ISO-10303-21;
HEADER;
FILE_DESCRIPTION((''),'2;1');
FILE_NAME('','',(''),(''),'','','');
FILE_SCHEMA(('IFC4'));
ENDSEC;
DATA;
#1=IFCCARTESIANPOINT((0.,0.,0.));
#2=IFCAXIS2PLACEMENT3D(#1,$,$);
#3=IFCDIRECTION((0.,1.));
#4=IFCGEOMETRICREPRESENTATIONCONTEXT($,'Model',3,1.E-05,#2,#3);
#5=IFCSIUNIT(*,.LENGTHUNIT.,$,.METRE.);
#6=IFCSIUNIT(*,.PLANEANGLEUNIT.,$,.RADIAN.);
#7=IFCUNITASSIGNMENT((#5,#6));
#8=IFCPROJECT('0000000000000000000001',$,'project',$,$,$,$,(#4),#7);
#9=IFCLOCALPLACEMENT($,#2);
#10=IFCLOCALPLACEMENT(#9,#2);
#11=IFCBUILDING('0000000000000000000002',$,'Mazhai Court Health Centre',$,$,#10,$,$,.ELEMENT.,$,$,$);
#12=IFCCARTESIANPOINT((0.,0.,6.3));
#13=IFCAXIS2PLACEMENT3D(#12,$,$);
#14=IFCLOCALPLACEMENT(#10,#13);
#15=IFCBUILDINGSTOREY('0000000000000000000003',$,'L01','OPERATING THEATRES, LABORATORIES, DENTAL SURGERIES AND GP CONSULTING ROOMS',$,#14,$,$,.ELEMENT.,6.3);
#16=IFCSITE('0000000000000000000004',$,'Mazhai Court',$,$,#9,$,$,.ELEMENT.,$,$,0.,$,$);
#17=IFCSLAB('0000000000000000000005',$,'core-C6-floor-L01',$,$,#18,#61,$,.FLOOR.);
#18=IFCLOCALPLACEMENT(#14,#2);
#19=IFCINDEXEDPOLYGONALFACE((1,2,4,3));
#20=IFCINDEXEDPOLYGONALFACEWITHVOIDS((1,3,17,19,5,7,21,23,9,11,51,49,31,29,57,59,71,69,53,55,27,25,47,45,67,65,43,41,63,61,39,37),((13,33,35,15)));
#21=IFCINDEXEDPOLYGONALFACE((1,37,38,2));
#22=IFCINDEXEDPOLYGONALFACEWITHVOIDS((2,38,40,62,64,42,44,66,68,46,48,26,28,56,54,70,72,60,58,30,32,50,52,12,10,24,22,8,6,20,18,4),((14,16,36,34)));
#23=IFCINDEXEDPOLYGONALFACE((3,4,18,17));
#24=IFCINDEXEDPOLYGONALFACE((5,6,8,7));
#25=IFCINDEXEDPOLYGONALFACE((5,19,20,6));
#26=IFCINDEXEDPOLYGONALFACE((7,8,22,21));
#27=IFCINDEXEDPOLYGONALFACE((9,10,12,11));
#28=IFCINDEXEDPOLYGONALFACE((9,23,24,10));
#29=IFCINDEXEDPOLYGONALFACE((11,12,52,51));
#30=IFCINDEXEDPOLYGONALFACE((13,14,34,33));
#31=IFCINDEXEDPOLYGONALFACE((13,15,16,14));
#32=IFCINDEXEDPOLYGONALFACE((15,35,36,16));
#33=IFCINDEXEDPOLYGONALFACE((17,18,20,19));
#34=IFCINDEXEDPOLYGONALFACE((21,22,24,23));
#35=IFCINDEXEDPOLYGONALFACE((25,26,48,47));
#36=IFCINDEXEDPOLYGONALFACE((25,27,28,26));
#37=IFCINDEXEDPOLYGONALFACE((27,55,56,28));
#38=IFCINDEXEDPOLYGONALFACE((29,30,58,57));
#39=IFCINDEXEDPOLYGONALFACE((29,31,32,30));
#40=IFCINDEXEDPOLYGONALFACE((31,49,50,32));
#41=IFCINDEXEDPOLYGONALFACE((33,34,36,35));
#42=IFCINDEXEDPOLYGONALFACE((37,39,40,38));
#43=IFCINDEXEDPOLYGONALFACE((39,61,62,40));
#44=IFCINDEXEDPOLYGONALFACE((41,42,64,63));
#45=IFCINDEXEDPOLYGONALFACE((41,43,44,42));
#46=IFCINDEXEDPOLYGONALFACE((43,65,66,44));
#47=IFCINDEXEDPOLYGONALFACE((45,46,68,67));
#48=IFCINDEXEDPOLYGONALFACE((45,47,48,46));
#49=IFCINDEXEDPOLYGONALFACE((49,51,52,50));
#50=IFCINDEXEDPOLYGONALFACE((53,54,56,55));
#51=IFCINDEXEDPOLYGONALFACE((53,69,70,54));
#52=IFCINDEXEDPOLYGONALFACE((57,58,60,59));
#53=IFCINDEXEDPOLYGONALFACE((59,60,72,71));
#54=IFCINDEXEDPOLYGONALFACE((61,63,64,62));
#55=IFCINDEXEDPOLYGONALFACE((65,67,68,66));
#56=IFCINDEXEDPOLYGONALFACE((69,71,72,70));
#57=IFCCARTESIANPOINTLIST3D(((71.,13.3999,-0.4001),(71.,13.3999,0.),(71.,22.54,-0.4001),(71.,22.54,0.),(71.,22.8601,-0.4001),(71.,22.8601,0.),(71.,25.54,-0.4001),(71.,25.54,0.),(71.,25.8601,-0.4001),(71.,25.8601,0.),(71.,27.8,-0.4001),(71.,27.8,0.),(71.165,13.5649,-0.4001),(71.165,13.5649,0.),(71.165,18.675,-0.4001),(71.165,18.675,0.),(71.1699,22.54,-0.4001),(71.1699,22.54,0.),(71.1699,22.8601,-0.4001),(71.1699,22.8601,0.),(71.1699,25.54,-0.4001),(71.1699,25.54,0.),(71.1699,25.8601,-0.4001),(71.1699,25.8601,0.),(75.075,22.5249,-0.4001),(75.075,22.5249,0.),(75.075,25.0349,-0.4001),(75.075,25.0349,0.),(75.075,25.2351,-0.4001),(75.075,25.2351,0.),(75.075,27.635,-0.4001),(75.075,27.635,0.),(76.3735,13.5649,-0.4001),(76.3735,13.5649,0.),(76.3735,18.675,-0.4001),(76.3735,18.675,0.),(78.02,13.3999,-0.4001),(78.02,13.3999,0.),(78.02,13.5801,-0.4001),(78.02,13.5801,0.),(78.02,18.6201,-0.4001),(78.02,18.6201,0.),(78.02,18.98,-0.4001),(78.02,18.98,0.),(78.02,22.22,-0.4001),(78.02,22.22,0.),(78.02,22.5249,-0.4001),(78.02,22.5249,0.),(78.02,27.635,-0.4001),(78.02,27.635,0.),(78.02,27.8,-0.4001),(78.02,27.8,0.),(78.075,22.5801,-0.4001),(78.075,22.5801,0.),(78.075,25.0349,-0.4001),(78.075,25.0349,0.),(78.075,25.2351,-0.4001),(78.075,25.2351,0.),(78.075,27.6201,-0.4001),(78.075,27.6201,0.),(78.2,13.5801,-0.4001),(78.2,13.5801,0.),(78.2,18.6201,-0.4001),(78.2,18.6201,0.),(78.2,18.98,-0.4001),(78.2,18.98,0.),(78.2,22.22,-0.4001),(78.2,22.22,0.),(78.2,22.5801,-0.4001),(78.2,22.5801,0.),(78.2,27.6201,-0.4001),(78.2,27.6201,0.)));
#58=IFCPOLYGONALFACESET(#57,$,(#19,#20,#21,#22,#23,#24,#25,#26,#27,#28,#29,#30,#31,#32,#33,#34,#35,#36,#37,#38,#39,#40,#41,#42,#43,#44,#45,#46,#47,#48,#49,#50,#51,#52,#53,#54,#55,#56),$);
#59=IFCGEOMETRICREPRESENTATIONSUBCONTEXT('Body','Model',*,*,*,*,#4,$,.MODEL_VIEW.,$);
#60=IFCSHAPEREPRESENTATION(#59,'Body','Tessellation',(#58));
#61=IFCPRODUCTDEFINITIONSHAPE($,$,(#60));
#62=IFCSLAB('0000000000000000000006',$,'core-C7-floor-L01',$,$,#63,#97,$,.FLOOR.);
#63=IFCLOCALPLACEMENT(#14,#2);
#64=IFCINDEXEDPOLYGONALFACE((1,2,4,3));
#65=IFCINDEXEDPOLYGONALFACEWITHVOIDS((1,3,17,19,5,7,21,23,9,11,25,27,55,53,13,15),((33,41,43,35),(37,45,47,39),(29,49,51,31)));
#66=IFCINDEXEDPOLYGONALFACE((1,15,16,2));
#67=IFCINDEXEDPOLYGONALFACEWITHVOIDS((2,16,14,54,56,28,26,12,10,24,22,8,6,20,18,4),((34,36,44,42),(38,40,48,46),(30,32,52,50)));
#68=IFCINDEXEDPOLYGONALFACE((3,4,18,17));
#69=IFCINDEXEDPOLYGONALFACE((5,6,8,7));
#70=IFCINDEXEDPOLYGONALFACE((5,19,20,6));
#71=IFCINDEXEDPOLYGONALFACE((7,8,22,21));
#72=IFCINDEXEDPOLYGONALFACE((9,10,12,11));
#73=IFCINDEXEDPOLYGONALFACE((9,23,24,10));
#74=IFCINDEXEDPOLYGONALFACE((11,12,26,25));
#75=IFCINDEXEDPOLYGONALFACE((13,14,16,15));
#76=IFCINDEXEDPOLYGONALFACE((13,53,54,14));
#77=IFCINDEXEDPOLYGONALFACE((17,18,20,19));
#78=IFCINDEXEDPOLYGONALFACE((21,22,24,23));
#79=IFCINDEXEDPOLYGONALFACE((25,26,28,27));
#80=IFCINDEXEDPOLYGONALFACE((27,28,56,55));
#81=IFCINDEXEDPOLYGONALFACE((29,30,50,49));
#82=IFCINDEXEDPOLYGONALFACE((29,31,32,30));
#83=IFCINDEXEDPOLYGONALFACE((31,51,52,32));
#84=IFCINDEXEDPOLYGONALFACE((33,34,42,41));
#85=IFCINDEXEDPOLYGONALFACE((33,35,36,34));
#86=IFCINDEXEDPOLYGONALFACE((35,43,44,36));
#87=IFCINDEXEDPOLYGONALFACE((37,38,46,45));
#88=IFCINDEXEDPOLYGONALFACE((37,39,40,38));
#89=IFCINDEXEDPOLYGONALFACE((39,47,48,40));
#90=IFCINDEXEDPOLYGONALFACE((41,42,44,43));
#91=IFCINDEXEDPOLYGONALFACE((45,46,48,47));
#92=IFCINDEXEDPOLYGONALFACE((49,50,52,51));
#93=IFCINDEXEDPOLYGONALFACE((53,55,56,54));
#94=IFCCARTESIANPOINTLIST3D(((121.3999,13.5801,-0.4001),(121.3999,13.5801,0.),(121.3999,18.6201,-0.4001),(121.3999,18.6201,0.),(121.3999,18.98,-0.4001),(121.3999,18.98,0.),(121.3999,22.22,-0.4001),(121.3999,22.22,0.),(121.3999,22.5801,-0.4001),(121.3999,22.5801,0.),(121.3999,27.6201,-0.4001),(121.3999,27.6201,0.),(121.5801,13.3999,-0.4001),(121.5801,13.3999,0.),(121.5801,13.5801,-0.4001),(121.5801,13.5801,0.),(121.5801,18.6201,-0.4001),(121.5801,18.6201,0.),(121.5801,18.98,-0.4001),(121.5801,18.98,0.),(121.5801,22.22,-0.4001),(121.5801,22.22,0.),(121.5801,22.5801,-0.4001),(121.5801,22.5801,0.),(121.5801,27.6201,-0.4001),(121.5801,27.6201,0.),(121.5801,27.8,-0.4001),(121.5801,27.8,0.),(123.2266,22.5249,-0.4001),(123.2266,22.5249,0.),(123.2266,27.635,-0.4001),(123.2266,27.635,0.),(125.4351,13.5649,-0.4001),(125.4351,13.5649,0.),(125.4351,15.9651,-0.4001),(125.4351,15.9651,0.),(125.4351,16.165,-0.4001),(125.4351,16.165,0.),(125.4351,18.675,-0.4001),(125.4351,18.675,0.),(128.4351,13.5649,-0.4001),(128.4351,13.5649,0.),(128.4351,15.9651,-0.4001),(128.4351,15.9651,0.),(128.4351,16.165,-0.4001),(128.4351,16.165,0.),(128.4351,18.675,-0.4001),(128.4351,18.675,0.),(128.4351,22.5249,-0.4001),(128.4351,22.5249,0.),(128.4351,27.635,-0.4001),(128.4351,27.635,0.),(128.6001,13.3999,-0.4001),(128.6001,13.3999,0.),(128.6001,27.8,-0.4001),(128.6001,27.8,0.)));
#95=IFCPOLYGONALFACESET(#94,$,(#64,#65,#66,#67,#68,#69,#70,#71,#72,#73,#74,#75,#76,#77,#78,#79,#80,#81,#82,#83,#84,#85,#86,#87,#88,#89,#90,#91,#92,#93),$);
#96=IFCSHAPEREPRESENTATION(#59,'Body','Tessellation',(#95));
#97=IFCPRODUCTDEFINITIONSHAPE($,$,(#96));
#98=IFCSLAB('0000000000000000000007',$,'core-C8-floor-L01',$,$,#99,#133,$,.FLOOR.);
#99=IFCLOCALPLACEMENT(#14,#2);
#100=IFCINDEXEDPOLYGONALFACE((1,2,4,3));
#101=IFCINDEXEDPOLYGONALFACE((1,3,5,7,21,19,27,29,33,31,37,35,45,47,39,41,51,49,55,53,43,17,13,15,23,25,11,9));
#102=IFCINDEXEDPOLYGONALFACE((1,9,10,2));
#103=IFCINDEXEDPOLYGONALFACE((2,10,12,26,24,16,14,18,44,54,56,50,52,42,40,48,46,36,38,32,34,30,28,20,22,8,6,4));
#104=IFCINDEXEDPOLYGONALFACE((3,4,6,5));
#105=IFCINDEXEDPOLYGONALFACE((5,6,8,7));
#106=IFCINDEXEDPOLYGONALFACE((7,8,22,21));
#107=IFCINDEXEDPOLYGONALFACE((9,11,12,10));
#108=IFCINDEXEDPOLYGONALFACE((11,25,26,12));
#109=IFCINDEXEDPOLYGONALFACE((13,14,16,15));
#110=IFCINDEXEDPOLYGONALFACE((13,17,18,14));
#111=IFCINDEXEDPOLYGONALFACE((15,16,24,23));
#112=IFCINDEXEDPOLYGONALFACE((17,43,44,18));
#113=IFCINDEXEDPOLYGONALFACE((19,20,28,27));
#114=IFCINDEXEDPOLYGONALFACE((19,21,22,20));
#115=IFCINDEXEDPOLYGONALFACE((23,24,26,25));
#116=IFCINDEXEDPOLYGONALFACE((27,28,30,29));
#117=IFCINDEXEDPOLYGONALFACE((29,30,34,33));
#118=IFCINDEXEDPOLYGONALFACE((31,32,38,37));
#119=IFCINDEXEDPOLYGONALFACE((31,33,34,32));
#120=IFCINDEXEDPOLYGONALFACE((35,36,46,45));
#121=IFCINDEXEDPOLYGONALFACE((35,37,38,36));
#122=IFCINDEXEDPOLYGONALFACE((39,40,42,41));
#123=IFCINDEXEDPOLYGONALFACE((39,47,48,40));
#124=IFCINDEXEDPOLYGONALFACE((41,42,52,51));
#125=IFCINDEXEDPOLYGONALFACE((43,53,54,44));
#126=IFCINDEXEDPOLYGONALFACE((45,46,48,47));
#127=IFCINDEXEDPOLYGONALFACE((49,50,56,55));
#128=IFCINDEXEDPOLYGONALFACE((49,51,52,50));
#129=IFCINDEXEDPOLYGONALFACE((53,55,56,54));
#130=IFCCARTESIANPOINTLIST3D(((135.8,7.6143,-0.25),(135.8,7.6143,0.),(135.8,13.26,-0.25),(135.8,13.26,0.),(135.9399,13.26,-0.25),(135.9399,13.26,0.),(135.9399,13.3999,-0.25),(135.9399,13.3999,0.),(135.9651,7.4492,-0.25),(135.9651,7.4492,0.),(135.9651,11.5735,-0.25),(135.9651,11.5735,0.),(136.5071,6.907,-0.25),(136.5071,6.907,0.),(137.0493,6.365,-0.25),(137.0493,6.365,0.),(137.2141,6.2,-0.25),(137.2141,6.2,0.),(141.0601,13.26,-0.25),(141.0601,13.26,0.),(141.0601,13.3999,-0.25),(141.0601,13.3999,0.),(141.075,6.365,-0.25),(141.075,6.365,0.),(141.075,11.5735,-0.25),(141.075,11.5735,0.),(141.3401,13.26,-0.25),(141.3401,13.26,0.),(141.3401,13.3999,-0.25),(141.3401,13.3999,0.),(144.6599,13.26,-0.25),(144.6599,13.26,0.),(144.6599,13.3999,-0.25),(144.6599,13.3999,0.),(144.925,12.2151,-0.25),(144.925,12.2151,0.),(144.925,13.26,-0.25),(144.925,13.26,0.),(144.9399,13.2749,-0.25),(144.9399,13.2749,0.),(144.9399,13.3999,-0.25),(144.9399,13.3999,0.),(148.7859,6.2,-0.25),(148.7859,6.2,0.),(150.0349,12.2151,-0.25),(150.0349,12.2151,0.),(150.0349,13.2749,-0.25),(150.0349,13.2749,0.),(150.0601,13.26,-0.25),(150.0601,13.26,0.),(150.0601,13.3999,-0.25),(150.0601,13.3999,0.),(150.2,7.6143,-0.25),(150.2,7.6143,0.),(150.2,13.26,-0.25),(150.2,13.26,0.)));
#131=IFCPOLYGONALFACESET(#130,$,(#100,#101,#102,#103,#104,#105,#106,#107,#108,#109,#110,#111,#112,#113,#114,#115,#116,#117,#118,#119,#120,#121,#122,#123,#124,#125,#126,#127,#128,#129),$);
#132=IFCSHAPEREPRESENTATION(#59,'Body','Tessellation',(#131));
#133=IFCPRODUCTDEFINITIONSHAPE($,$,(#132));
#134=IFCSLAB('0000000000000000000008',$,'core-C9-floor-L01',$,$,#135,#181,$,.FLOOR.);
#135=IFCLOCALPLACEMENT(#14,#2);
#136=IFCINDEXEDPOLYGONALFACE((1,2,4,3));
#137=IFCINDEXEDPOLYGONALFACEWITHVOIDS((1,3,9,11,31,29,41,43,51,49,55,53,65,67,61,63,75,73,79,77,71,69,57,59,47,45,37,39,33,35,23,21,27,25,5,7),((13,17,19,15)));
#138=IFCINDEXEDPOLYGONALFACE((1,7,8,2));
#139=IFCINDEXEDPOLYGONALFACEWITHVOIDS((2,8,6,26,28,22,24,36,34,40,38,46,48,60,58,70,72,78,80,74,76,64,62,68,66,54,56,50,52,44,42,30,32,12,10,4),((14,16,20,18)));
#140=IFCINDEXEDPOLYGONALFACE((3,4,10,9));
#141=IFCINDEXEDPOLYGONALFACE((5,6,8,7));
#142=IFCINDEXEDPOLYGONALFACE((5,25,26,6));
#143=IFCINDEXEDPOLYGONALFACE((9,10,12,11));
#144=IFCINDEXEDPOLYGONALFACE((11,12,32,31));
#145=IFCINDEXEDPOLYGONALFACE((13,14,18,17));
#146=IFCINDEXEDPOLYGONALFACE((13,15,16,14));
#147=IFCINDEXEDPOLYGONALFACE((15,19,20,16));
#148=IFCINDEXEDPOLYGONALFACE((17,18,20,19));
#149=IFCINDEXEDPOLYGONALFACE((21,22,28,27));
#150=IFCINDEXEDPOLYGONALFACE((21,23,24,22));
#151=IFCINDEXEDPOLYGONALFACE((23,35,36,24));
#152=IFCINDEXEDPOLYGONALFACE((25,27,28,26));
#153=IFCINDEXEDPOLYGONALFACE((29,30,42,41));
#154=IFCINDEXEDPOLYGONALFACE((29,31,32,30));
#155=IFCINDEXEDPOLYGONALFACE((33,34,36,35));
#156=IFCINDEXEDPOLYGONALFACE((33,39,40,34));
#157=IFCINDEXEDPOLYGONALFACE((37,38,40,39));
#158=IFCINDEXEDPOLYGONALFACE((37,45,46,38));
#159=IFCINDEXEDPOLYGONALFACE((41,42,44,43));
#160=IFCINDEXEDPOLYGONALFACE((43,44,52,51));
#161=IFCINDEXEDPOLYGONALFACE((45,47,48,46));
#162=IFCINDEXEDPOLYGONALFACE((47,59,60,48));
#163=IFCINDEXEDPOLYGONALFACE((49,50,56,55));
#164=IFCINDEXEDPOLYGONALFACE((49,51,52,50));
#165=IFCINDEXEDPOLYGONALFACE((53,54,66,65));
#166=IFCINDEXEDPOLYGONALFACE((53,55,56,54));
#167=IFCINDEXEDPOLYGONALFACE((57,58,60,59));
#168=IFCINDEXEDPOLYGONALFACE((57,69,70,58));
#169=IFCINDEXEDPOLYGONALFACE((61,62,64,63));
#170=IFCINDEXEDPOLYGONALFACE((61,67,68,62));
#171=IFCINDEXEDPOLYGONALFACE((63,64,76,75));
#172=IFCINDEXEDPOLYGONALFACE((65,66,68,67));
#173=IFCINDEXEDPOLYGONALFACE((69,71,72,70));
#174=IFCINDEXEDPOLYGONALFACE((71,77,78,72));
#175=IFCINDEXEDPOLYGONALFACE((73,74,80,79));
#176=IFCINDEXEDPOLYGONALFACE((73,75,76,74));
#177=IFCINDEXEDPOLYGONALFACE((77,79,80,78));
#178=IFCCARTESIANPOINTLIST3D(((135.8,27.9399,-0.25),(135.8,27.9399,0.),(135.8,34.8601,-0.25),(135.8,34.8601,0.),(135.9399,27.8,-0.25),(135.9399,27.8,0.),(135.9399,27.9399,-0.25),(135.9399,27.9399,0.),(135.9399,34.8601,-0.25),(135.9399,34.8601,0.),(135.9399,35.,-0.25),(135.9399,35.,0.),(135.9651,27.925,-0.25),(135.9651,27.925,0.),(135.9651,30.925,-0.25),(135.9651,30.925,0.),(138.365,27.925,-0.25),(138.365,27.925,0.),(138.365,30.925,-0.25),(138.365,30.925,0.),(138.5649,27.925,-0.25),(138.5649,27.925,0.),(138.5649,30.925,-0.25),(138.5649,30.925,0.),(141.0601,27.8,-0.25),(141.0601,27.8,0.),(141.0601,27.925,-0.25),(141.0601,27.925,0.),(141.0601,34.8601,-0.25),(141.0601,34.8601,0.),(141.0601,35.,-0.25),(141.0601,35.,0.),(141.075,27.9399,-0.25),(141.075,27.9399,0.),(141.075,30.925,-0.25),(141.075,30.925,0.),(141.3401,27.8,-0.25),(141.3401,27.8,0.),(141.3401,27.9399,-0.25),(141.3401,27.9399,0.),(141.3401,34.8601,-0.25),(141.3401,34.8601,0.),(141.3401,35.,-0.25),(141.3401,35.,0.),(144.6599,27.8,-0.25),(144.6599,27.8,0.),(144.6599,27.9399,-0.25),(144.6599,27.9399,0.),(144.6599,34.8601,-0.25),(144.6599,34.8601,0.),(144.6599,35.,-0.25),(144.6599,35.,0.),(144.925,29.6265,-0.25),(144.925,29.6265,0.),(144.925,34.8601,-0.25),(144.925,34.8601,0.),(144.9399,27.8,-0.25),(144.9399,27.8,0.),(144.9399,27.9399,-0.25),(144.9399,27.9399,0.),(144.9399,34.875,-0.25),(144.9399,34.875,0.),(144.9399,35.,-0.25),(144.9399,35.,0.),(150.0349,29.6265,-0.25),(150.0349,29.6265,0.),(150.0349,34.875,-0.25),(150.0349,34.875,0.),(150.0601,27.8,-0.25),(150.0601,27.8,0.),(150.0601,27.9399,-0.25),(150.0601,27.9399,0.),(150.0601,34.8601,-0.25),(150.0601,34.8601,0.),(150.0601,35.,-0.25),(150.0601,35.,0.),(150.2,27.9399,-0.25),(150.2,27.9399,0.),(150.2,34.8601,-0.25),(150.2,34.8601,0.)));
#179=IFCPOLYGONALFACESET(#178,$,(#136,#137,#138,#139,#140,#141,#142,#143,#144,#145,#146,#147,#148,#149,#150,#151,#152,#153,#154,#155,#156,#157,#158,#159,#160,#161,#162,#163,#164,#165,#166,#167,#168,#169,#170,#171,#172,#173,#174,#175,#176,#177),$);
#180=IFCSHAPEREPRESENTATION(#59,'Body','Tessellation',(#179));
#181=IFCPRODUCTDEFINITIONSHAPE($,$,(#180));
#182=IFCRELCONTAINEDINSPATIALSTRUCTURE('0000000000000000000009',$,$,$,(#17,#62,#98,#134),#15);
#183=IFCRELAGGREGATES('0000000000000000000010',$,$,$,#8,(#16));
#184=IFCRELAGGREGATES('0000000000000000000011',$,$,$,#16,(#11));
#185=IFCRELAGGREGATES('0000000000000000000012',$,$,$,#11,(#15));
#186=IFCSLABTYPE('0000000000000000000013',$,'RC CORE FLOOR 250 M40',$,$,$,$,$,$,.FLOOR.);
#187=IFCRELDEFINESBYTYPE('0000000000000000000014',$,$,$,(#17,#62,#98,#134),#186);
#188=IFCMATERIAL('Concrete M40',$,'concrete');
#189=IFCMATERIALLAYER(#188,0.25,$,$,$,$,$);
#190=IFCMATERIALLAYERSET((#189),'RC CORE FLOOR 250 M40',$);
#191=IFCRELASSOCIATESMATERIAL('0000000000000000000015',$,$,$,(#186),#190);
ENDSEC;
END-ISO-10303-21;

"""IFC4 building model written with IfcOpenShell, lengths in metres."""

from ifc_helpers import new_model, si_unit, direction, frame, origin, place, context, subcontext, project, spatial, polyline, outline, extrude, material, layer, layer_set, type_object, element, save


model = new_model("IFC4")

# Units and contexts
model_context = context("Model", 3, precision=1e-05, world=origin(), true_north=direction((0.0, 1.0)))
body_context = subcontext(model_context, "Body", "Model", "MODEL_VIEW")
ifc_project = project(units=[si_unit("LENGTHUNIT", "METRE"), si_unit("PLANEANGLEUNIT", "RADIAN")], contexts=[model_context])

# Site, building, storey
site_placement = place(None, origin())
site = spatial("IfcSite", under=ifc_project, at=site_placement, Name="Mazhai Court", CompositionType="ELEMENT", RefElevation=0.0)
building_placement = place(site_placement, origin())
building = spatial("IfcBuilding", under=site, at=building_placement, Name="Mazhai Court Health Centre", CompositionType="ELEMENT")
storey_placement = place(building_placement, frame((0.0, 0.0, 6.3)))
storey = spatial("IfcBuildingStorey", under=building, at=storey_placement, Name="L01", Description="OPERATING THEATRES, LABORATORIES, DENTAL SURGERIES AND GP CONSULTING ROOMS", CompositionType="ELEMENT", Elevation=6.3)

# Slabs
ifc_material_1 = material(Name="Concrete M40", Category="concrete")
ifc_layer_1 = layer(ifc_material_1, 0.25)
ifc_layer_set_1 = layer_set([ifc_layer_1], Name="RC CORE FLOOR 250 M40")
slab_type_1 = type_object("IfcSlabType", Name="RC CORE FLOOR 250 M40", PredefinedType="FLOOR", material=ifc_layer_set_1)
slab_1_placement = place(storey_placement, frame((0.0, 0.0, -0.4001)))
element("IfcSlab", 1, at=slab_1_placement, inside=storey, type_object=slab_type_1, Name="core-C6-floor-L01", PredefinedType="FLOOR", context=body_context, shape_type="SweptSolid", body=[
    extrude(outline(polyline([(78.2, 18.98), (78.02, 18.98), (78.02, 18.6201), (78.2, 18.6201), (78.2, 13.5801), (78.02, 13.5801), (78.02, 13.3999), (71.0, 13.3999), (71.0, 22.54), (71.1699, 22.54), (71.1699, 22.8601), (71.0, 22.8601), (71.0, 25.54), (71.1699, 25.54), (71.1699, 25.8601), (71.0, 25.8601), (71.0, 27.8), (78.02, 27.8), (78.02, 27.635), (75.075, 27.635), (75.075, 25.2351), (78.075, 25.2351), (78.075, 27.6201), (78.2, 27.6201), (78.2, 22.5801), (78.075, 22.5801), (78.075, 25.0349), (75.075, 25.0349), (75.075, 22.5249), (78.02, 22.5249), (78.02, 22.22), (78.2, 22.22), (78.2, 18.98)]), holes=[polyline([(71.165, 18.675), (71.165, 13.5649), (76.3735, 13.5649), (76.3735, 18.675), (71.165, 18.675)])]), origin(), (0.0, 0.0, 1.0), 0.4001),
])
slab_2_placement = place(storey_placement, frame((0.0, 0.0, -0.4001)))
element("IfcSlab", 2, at=slab_2_placement, inside=storey, type_object=slab_type_1, Name="core-C7-floor-L01", PredefinedType="FLOOR", context=body_context, shape_type="SweptSolid", body=[
    extrude(outline(polyline([(121.5801, 13.3999), (121.5801, 13.5801), (121.3999, 13.5801), (121.3999, 18.6201), (121.5801, 18.6201), (121.5801, 18.98), (121.3999, 18.98), (121.3999, 22.22), (121.5801, 22.22), (121.5801, 22.5801), (121.3999, 22.5801), (121.3999, 27.6201), (121.5801, 27.6201), (121.5801, 27.8), (128.6001, 27.8), (128.6001, 13.3999), (121.5801, 13.3999)]), holes=[polyline([(125.4351, 15.9651), (125.4351, 13.5649), (128.4351, 13.5649), (128.4351, 15.9651), (125.4351, 15.9651)]), polyline([(128.4351, 18.675), (125.4351, 18.675), (125.4351, 16.165), (128.4351, 16.165), (128.4351, 18.675)]), polyline([(128.4351, 27.635), (123.2266, 27.635), (123.2266, 22.5249), (128.4351, 22.5249), (128.4351, 27.635)])]), origin(), (0.0, 0.0, 1.0), 0.4001),
])
slab_3_placement = place(storey_placement, frame((0.0, 0.0, -0.25)))
element("IfcSlab", 3, at=slab_3_placement, inside=storey, type_object=slab_type_1, Name="core-C8-floor-L01", PredefinedType="FLOOR", context=body_context, shape_type="SweptSolid", body=[
    extrude(outline(polyline([(141.0601, 13.3999), (141.0601, 13.26), (141.3401, 13.26), (141.3401, 13.3999), (144.6599, 13.3999), (144.6599, 13.26), (144.925, 13.26), (144.925, 12.2151), (150.0349, 12.2151), (150.0349, 13.2749), (144.9399, 13.2749), (144.9399, 13.3999), (150.0601, 13.3999), (150.0601, 13.26), (150.2, 13.26), (150.2, 7.6143), (148.7859, 6.2), (137.2141, 6.2), (136.5071, 6.907), (137.0493, 6.365), (141.075, 6.365), (141.075, 11.5735), (135.9651, 11.5735), (135.9651, 7.4492), (135.8, 7.6143), (135.8, 13.26), (135.9399, 13.26), (135.9399, 13.3999), (141.0601, 13.3999)])), origin(), (0.0, 0.0, 1.0), 0.25),
])
slab_4_placement = place(storey_placement, frame((0.0, 0.0, -0.25)))
element("IfcSlab", 4, at=slab_4_placement, inside=storey, type_object=slab_type_1, Name="core-C9-floor-L01", PredefinedType="FLOOR", context=body_context, shape_type="SweptSolid", body=[
    extrude(outline(polyline([(135.9399, 34.8601), (135.9399, 35.0), (141.0601, 35.0), (141.0601, 34.8601), (141.3401, 34.8601), (141.3401, 35.0), (144.6599, 35.0), (144.6599, 34.8601), (144.925, 34.8601), (144.925, 29.6265), (150.0349, 29.6265), (150.0349, 34.875), (144.9399, 34.875), (144.9399, 35.0), (150.0601, 35.0), (150.0601, 34.8601), (150.2, 34.8601), (150.2, 27.9399), (150.0601, 27.9399), (150.0601, 27.8), (144.9399, 27.8), (144.9399, 27.9399), (144.6599, 27.9399), (144.6599, 27.8), (141.3401, 27.8), (141.3401, 27.9399), (141.075, 27.9399), (141.075, 30.925), (138.5649, 30.925), (138.5649, 27.925), (141.0601, 27.925), (141.0601, 27.8), (135.9399, 27.8), (135.9399, 27.9399), (135.8, 27.9399), (135.8, 34.8601), (135.9399, 34.8601)]), holes=[polyline([(135.9651, 30.925), (135.9651, 27.925), (138.365, 27.925), (138.365, 30.925), (135.9651, 30.925)])]), origin(), (0.0, 0.0, 1.0), 0.25),
])

save(model, "model.ifc")
